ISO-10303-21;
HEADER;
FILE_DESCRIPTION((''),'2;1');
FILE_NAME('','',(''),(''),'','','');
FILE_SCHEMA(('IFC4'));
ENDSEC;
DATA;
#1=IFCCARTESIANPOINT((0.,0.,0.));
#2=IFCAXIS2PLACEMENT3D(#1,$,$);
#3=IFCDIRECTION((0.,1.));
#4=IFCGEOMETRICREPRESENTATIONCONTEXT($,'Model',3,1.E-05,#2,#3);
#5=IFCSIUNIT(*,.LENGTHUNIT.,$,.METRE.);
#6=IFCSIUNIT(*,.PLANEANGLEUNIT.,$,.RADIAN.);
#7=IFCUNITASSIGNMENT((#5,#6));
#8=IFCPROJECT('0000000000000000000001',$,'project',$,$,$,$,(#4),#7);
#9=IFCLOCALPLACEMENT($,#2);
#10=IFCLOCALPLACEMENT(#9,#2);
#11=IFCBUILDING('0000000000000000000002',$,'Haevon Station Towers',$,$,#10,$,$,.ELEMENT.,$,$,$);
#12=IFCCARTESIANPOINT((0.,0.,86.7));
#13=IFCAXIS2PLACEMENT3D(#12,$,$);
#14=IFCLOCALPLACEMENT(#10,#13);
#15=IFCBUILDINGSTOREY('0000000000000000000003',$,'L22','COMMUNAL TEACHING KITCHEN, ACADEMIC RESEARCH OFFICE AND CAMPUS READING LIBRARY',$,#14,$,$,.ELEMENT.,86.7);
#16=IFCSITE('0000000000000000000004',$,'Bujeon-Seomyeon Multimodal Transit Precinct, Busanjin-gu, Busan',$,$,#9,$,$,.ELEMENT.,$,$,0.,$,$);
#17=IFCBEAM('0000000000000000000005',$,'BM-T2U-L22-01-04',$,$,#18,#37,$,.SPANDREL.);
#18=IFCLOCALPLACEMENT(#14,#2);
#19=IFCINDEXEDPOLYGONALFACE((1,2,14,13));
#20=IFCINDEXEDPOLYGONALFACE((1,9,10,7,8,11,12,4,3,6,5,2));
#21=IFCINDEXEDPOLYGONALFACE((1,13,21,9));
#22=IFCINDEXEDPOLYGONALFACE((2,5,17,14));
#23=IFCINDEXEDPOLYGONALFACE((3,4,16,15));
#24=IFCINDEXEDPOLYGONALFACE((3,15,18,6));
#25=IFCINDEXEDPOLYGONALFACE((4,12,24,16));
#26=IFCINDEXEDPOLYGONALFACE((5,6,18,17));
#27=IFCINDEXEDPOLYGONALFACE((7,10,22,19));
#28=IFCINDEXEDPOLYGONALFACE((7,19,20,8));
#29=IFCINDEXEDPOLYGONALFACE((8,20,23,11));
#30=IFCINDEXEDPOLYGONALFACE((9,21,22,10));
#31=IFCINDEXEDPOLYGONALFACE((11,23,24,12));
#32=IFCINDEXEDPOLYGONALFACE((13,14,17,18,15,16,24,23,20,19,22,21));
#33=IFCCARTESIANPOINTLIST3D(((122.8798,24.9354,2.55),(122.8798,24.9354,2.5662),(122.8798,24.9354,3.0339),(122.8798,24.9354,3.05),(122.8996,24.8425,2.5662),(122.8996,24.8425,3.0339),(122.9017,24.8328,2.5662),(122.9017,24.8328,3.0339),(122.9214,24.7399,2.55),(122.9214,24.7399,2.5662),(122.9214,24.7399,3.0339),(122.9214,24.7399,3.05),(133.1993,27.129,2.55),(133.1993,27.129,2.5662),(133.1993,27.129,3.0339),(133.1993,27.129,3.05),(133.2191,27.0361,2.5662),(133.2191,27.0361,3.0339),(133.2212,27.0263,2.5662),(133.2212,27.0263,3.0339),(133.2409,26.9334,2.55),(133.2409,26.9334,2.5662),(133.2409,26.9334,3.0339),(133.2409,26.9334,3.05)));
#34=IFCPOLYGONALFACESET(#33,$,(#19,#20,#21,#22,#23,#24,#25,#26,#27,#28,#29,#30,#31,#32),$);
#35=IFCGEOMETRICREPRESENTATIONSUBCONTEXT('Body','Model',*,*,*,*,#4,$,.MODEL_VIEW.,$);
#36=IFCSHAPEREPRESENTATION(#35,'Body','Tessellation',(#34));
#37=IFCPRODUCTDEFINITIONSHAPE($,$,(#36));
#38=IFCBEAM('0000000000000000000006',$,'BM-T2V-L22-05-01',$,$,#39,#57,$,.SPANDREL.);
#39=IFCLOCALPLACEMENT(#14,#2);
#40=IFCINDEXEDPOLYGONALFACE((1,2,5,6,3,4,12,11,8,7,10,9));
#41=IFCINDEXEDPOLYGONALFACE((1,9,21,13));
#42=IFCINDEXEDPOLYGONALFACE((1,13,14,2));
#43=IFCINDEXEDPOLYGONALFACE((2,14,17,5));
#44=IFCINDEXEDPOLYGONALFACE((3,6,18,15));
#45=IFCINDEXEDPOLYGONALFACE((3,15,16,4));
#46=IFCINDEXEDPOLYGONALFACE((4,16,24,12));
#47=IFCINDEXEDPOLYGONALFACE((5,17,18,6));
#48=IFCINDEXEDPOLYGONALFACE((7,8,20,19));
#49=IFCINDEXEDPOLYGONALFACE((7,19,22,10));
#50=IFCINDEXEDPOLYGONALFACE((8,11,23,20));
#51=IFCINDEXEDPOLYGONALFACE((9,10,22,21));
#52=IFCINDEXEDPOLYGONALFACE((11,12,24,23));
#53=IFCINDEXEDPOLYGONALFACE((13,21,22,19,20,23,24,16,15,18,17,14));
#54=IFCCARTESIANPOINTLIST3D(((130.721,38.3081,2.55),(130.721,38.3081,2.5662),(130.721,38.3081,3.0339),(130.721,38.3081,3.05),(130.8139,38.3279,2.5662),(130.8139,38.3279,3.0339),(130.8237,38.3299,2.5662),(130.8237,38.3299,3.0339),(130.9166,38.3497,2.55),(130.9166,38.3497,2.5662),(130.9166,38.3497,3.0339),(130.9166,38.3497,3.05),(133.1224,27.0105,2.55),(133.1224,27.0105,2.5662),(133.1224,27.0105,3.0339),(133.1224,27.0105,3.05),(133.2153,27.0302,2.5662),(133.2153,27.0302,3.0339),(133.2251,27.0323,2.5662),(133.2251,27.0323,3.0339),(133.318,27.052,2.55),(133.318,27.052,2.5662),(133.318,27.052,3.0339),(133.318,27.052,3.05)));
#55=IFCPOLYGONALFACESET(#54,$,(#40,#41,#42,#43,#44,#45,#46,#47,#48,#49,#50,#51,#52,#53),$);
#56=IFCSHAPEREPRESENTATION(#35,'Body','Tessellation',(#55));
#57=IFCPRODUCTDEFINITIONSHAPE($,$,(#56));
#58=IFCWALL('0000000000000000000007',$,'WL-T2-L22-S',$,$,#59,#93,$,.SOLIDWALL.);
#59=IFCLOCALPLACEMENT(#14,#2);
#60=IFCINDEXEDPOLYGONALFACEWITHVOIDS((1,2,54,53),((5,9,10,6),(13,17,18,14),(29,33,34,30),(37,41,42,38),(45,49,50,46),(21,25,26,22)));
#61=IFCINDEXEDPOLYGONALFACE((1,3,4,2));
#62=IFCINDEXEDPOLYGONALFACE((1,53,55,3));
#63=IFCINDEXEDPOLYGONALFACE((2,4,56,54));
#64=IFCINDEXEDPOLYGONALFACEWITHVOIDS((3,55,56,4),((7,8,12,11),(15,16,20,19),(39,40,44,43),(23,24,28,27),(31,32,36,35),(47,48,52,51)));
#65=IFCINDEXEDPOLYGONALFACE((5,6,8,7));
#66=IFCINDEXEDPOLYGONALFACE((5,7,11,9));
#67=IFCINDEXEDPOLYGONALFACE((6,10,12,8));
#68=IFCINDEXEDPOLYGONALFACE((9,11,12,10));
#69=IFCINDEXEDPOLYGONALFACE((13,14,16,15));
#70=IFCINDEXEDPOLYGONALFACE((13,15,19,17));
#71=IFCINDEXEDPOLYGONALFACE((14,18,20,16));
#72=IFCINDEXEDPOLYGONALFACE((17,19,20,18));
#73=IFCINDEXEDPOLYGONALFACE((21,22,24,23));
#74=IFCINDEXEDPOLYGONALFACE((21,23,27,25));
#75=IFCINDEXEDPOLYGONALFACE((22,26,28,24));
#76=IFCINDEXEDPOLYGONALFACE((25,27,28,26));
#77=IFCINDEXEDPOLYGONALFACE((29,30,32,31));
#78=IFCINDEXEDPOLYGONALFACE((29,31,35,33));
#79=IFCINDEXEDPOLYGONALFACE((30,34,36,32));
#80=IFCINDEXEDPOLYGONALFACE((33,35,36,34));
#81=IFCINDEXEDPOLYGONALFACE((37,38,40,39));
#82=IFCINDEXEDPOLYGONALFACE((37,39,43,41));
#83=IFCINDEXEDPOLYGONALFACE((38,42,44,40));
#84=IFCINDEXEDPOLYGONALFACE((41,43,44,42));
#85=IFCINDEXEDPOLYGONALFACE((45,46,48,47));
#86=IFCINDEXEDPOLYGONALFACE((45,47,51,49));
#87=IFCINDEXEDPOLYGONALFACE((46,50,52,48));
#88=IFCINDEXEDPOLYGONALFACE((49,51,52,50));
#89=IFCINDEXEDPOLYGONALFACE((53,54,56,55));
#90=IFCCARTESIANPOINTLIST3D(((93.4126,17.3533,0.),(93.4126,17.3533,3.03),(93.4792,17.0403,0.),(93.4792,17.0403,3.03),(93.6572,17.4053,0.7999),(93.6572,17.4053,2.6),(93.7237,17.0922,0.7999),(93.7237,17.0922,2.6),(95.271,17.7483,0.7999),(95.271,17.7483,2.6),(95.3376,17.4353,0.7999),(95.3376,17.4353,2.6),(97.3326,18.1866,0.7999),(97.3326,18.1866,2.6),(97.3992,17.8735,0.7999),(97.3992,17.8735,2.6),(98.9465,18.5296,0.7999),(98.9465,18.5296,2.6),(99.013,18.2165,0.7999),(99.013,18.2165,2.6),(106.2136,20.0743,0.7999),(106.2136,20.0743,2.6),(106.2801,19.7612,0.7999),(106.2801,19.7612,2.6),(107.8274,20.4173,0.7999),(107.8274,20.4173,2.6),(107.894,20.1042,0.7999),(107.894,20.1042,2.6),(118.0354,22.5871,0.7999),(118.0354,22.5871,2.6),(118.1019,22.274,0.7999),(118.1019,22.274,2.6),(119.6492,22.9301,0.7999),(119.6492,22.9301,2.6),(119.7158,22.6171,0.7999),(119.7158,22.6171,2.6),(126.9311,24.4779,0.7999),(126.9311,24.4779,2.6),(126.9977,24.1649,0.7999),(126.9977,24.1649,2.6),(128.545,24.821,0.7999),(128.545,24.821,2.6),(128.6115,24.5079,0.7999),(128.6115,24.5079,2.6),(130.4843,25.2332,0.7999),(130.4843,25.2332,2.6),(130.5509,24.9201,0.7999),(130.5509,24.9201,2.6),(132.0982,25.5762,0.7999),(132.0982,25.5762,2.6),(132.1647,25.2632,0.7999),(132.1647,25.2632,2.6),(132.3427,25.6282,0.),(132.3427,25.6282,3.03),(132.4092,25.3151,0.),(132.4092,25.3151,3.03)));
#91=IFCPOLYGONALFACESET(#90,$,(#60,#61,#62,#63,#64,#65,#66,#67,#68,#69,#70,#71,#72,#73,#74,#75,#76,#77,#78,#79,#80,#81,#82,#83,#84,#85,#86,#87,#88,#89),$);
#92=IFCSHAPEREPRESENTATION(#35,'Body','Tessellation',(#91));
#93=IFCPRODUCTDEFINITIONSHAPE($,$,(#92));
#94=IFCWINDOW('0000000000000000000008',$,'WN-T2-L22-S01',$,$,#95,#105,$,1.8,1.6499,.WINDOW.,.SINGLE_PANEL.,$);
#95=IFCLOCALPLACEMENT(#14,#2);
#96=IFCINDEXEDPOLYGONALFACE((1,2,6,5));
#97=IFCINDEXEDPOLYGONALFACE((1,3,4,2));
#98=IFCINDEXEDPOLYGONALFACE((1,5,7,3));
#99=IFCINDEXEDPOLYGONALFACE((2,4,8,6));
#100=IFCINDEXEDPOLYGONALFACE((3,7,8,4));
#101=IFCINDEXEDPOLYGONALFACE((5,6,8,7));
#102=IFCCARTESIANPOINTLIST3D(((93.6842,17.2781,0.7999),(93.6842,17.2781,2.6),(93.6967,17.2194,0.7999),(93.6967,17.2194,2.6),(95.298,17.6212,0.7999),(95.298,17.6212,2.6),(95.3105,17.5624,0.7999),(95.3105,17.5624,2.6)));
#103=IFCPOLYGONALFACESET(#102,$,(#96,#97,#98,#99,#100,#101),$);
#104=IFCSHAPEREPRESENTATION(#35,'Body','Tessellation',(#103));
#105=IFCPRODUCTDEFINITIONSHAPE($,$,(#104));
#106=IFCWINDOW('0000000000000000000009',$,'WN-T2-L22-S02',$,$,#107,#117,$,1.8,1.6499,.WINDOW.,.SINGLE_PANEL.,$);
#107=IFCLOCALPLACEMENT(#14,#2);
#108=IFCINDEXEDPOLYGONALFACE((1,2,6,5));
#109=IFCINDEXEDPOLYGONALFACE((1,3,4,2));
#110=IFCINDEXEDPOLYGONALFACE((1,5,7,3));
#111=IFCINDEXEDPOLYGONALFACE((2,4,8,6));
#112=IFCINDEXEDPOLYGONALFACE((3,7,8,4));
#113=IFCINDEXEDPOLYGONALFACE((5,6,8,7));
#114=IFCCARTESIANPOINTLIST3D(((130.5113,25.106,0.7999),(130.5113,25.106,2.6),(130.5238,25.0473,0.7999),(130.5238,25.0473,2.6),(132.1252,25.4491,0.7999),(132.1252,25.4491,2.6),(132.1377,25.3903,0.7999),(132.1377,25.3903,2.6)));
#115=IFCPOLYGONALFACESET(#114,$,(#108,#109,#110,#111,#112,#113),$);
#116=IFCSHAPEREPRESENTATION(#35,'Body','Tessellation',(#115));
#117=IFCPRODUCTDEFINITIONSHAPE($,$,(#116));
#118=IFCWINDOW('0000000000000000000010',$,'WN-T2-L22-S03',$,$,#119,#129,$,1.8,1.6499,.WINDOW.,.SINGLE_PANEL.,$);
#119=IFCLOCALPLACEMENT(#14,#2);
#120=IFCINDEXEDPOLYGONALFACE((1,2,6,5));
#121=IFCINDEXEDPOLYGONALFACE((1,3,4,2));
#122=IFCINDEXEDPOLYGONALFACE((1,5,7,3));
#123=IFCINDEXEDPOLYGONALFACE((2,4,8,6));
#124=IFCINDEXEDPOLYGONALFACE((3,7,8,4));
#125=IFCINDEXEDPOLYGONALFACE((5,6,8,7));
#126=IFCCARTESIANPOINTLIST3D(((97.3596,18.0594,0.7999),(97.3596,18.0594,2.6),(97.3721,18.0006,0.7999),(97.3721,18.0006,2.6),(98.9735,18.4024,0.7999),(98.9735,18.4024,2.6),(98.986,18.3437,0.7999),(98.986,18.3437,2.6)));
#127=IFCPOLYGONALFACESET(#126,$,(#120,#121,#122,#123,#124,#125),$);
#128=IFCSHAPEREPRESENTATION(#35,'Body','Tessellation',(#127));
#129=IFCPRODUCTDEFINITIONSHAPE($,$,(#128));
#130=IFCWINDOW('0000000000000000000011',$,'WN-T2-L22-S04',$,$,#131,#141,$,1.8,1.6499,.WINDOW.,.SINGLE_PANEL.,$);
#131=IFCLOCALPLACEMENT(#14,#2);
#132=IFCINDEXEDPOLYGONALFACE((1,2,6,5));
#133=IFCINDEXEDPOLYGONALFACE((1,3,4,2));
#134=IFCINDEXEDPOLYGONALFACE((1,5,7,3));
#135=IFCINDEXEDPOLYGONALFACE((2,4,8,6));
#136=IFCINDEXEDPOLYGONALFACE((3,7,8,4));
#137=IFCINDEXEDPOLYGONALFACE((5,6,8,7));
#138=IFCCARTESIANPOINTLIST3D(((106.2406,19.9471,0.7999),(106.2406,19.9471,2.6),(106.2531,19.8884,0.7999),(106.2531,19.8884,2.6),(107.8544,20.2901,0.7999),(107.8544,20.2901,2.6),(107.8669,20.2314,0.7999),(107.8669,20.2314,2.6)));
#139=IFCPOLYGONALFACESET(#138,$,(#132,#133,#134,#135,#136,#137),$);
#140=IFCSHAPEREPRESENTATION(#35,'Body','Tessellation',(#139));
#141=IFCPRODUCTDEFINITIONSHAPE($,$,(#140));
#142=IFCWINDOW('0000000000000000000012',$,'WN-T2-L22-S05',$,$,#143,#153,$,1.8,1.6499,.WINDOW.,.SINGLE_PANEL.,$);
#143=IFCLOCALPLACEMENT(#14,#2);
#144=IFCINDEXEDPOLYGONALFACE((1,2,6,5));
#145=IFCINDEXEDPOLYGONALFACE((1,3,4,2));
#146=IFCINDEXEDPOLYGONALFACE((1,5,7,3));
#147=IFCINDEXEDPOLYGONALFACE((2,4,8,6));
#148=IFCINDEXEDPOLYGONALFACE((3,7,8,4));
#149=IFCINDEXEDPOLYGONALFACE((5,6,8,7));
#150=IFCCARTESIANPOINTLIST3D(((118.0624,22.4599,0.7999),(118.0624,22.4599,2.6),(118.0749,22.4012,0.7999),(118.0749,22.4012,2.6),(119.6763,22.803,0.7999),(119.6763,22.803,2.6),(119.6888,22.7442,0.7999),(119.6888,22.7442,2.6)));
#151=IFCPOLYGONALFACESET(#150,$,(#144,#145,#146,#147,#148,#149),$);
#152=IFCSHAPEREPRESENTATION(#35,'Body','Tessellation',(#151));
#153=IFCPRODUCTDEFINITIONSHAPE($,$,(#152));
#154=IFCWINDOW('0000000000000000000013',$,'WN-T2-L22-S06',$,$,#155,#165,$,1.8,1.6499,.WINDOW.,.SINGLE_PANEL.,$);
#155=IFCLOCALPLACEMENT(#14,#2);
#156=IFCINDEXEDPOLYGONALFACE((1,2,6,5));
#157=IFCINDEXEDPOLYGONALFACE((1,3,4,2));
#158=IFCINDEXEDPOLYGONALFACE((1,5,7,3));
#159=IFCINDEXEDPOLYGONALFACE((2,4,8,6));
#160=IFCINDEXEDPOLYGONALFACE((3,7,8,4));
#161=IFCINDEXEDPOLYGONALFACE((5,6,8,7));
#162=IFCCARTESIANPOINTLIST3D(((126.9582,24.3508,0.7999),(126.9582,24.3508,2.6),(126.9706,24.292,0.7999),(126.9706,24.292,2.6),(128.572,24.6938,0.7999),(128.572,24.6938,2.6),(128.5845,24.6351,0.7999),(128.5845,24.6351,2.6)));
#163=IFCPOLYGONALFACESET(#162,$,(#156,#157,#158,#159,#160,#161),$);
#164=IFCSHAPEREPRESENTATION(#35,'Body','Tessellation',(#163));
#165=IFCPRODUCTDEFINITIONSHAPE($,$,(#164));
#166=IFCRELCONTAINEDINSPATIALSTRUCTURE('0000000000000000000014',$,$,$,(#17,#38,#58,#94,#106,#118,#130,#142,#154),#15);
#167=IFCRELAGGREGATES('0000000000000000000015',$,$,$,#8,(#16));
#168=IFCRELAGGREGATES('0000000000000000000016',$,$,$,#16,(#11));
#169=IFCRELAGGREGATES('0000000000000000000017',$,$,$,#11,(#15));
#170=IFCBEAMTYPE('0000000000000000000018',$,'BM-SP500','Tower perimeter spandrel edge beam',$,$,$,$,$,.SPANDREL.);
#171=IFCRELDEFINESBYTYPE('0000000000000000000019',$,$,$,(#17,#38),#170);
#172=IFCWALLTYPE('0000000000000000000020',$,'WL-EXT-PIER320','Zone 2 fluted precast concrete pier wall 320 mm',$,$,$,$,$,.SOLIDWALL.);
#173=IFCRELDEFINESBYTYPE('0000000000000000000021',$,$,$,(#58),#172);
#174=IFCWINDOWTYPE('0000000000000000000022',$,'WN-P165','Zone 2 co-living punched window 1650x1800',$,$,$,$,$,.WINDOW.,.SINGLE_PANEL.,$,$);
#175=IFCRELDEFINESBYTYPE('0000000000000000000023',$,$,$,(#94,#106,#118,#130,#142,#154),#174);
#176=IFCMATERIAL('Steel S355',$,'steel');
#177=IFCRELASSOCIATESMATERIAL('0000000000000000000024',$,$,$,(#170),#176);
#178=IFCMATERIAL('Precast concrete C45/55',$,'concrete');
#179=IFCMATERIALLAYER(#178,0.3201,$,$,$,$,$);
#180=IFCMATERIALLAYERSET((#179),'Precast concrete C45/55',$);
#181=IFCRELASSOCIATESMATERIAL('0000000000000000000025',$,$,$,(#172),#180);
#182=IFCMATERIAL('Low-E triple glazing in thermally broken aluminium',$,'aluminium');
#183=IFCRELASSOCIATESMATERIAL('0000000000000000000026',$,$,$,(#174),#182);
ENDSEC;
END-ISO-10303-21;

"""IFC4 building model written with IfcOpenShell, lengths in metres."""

from ifc_helpers import new_model, si_unit, direction, frame, frame_2d, origin, origin_2d, place, context, subcontext, project, spatial, rectangle, i_section, extrude, material, layer, layer_set, material_profile, profile_set, type_object, element, fill, save


model = new_model("IFC4")

# Units and contexts
model_context = context("Model", 3, precision=1e-05, world=origin(), true_north=direction((0.0, 1.0)))
body_context = subcontext(model_context, "Body", "Model", "MODEL_VIEW")
ifc_project = project(units=[si_unit("LENGTHUNIT", "METRE"), si_unit("PLANEANGLEUNIT", "RADIAN")], contexts=[model_context])

# Site, building, storey
site_placement = place(None, origin())
site = spatial("IfcSite", under=ifc_project, at=site_placement, Name="Bujeon-Seomyeon Multimodal Transit Precinct, Busanjin-gu, Busan", CompositionType="ELEMENT", RefElevation=0.0)
building_placement = place(site_placement, origin())
building = spatial("IfcBuilding", under=site, at=building_placement, Name="Haevon Station Towers", CompositionType="ELEMENT")
storey_placement = place(building_placement, frame((0.0, 0.0, 86.7)))
storey = spatial("IfcBuildingStorey", under=building, at=storey_placement, Name="L22", Description="COMMUNAL TEACHING KITCHEN, ACADEMIC RESEARCH OFFICE AND CAMPUS READING LIBRARY", CompositionType="ELEMENT", Elevation=86.7)

# Beams
ifc_material_1 = material(Name="Steel S355", Category="steel")
ifc_material_profile_1 = material_profile(ifc_material_1, i_section(OverallWidth=0.2, OverallDepth=0.5, WebThickness=0.01, FlangeThickness=0.0161, at=origin_2d()), Name="H-500x200x10x16")
ifc_profile_set_1 = profile_set([ifc_material_profile_1], Name="Steel S355")
beam_type_1 = type_object("IfcBeamType", Name="BM-SP500", Description="Tower perimeter spandrel edge beam", PredefinedType="SPANDREL", material=ifc_profile_set_1)
beam_1_placement = place(storey_placement, frame((122.9006, 24.8376, 2.8), z_axis=(0.978145, 0.207922, 0.0), x_axis=(-0.207922, 0.978145, 0.0)))
element("IfcBeam", 1, at=beam_1_placement, inside=storey, type_object=beam_type_1, Name="BM-T2U-L22-01-04", PredefinedType="SPANDREL", context=body_context, shape_type="SweptSolid", body=[
    extrude(i_section(OverallWidth=0.2, OverallDepth=0.5, WebThickness=0.01, FlangeThickness=0.0161, at=origin_2d()), origin(), (0.0, 0.0, 1.0), 10.55),
])
beam_2_placement = place(storey_placement, frame((133.2202, 27.0312, 2.8), z_axis=(-0.207911, 0.978148, 0.0), x_axis=(-0.978148, -0.207911, 0.0)))
element("IfcBeam", 2, at=beam_2_placement, inside=storey, type_object=beam_type_1, Name="BM-T2V-L22-05-01", PredefinedType="SPANDREL", context=body_context, shape_type="SweptSolid", body=[
    extrude(i_section(OverallWidth=0.2, OverallDepth=0.5, WebThickness=0.01, FlangeThickness=0.0161, at=origin_2d()), origin(), (0.0, 0.0, 1.0), 11.55),
])

# Wall, openings, windows
ifc_material_2 = material(Name="Precast concrete C45/55", Category="concrete")
ifc_layer_1 = layer(ifc_material_2, 0.3201)
ifc_layer_set_1 = layer_set([ifc_layer_1], Name="Precast concrete C45/55")
wall_type_1 = type_object("IfcWallType", Name="WL-EXT-PIER320", Description="Zone 2 fluted precast concrete pier wall 320 mm", PredefinedType="SOLIDWALL", material=ifc_layer_set_1)
wall_1_placement = place(storey_placement, frame((132.376, 25.4717, 0.0), z_axis=(0.0, 0.0, 1.0), x_axis=(-0.978147, -0.207913, 0.0)))
wall_1 = element("IfcWall", 3, at=wall_1_placement, inside=storey, type_object=wall_type_1, Name="WL-T2-L22-S", PredefinedType="SOLIDWALL", context=body_context, shape_type="SweptSolid", body=[
    extrude(rectangle(XDim=39.7998, YDim=0.3201, at=frame_2d((19.8999, 0.0))), origin(), (0.0, 0.0, 1.0), 3.03),
])
opening_1_placement = place(wall_1_placement, frame((37.8999, 0.0, 0.8)))
opening_1 = element("IfcOpeningElement", 4, at=opening_1_placement, cuts=wall_1, PredefinedType="OPENING", context=body_context, shape_type="SweptSolid", body=[
    extrude(rectangle(XDim=1.6499, YDim=1.8, at=frame_2d((0.825, 0.8999))), frame((0.0, 0.1699, 0.0), z_axis=(0.0, -1.0, 0.0), x_axis=(1.0, 0.0, 0.0)), (0.0, 0.0, 1.0), 0.3401),
])
opening_2_placement = place(wall_1_placement, frame((0.25, 0.0, 0.8)))
opening_2 = element("IfcOpeningElement", 5, at=opening_2_placement, cuts=wall_1, PredefinedType="OPENING", context=body_context, shape_type="SweptSolid", body=[
    extrude(rectangle(XDim=1.6499, YDim=1.8, at=frame_2d((0.825, 0.8999))), frame((0.0, 0.1699, 0.0), z_axis=(0.0, -1.0, 0.0), x_axis=(1.0, 0.0, 0.0)), (0.0, 0.0, 1.0), 0.3401),
])
opening_3_placement = place(wall_1_placement, frame((34.1423, 0.0, 0.8)))
opening_3 = element("IfcOpeningElement", 6, at=opening_3_placement, cuts=wall_1, PredefinedType="OPENING", context=body_context, shape_type="SweptSolid", body=[
    extrude(rectangle(XDim=1.6499, YDim=1.8, at=frame_2d((0.825, 0.8999))), frame((0.0, 0.1699, 0.0), z_axis=(0.0, -1.0, 0.0), x_axis=(1.0, 0.0, 0.0)), (0.0, 0.0, 1.0), 0.3401),
])
opening_4_placement = place(wall_1_placement, frame((25.063, 0.0, 0.8)))
opening_4 = element("IfcOpeningElement", 7, at=opening_4_placement, cuts=wall_1, PredefinedType="OPENING", context=body_context, shape_type="SweptSolid", body=[
    extrude(rectangle(XDim=1.6499, YDim=1.8, at=frame_2d((0.825, 0.8999))), frame((0.0, 0.1699, 0.0), z_axis=(0.0, -1.0, 0.0), x_axis=(1.0, 0.0, 0.0)), (0.0, 0.0, 1.0), 0.3401),
])
opening_5_placement = place(wall_1_placement, frame((12.9771, 0.0, 0.8)))
opening_5 = element("IfcOpeningElement", 8, at=opening_5_placement, cuts=wall_1, PredefinedType="OPENING", context=body_context, shape_type="SweptSolid", body=[
    extrude(rectangle(XDim=1.6499, YDim=1.8, at=frame_2d((0.825, 0.8999))), frame((0.0, 0.1699, 0.0), z_axis=(0.0, -1.0, 0.0), x_axis=(1.0, 0.0, 0.0)), (0.0, 0.0, 1.0), 0.3401),
])
opening_6_placement = place(wall_1_placement, frame((3.8826, 0.0, 0.8)))
opening_6 = element("IfcOpeningElement", 9, at=opening_6_placement, cuts=wall_1, PredefinedType="OPENING", context=body_context, shape_type="SweptSolid", body=[
    extrude(rectangle(XDim=1.6499, YDim=1.8, at=frame_2d((0.825, 0.8999))), frame((0.0, 0.1699, 0.0), z_axis=(0.0, -1.0, 0.0), x_axis=(1.0, 0.0, 0.0)), (0.0, 0.0, 1.0), 0.3401),
])
ifc_material_3 = material(Name="Low-E triple glazing in thermally broken aluminium", Category="aluminium")
window_type = type_object("IfcWindowType", Name="WN-P165", Description="Zone 2 co-living punched window 1650x1800", PartitioningType="SINGLE_PANEL", PredefinedType="WINDOW", material=ifc_material_3)
window_1_placement = place(opening_1_placement, origin())
window_1 = element("IfcWindow", 10, at=window_1_placement, inside=storey, type_object=window_type, Name="WN-T2-L22-S01", OverallHeight=1.8, OverallWidth=1.6499, PartitioningType="SINGLE_PANEL", PredefinedType="WINDOW", context=body_context, shape_type="SweptSolid", body=[
    extrude(rectangle(XDim=1.6499, YDim=1.8, at=frame_2d((0.825, 0.8999))), frame((0.0, 0.03, 0.0), z_axis=(0.0, -1.0, 0.0), x_axis=(1.0, 0.0, 0.0)), (0.0, 0.0, 1.0), 0.0601),
])
fill(opening_1, window_1)
window_2_placement = place(opening_2_placement, origin())
window_2 = element("IfcWindow", 11, at=window_2_placement, inside=storey, type_object=window_type, Name="WN-T2-L22-S02", OverallHeight=1.8, OverallWidth=1.6499, PartitioningType="SINGLE_PANEL", PredefinedType="WINDOW", context=body_context, shape_type="SweptSolid", body=[
    extrude(rectangle(XDim=1.6499, YDim=1.8, at=frame_2d((0.825, 0.8999))), frame((0.0, 0.03, 0.0), z_axis=(0.0, -1.0, 0.0), x_axis=(1.0, 0.0, 0.0)), (0.0, 0.0, 1.0), 0.0601),
])
fill(opening_2, window_2)
window_3_placement = place(opening_3_placement, origin())
window_3 = element("IfcWindow", 12, at=window_3_placement, inside=storey, type_object=window_type, Name="WN-T2-L22-S03", OverallHeight=1.8, OverallWidth=1.6499, PartitioningType="SINGLE_PANEL", PredefinedType="WINDOW", context=body_context, shape_type="SweptSolid", body=[
    extrude(rectangle(XDim=1.6499, YDim=1.8, at=frame_2d((0.825, 0.8999))), frame((0.0, 0.03, 0.0), z_axis=(0.0, -1.0, 0.0), x_axis=(1.0, 0.0, 0.0)), (0.0, 0.0, 1.0), 0.0601),
])
fill(opening_3, window_3)
window_4_placement = place(opening_4_placement, origin())
window_4 = element("IfcWindow", 13, at=window_4_placement, inside=storey, type_object=window_type, Name="WN-T2-L22-S04", OverallHeight=1.8, OverallWidth=1.6499, PartitioningType="SINGLE_PANEL", PredefinedType="WINDOW", context=body_context, shape_type="SweptSolid", body=[
    extrude(rectangle(XDim=1.6499, YDim=1.8, at=frame_2d((0.825, 0.8999))), frame((0.0, 0.03, 0.0), z_axis=(0.0, -1.0, 0.0), x_axis=(1.0, 0.0, 0.0)), (0.0, 0.0, 1.0), 0.0601),
])
fill(opening_4, window_4)
window_5_placement = place(opening_5_placement, origin())
window_5 = element("IfcWindow", 14, at=window_5_placement, inside=storey, type_object=window_type, Name="WN-T2-L22-S05", OverallHeight=1.8, OverallWidth=1.6499, PartitioningType="SINGLE_PANEL", PredefinedType="WINDOW", context=body_context, shape_type="SweptSolid", body=[
    extrude(rectangle(XDim=1.6499, YDim=1.8, at=frame_2d((0.825, 0.8999))), frame((0.0, 0.03, 0.0), z_axis=(0.0, -1.0, 0.0), x_axis=(1.0, 0.0, 0.0)), (0.0, 0.0, 1.0), 0.0601),
])
fill(opening_5, window_5)
window_6_placement = place(opening_6_placement, origin())
window_6 = element("IfcWindow", 15, at=window_6_placement, inside=storey, type_object=window_type, Name="WN-T2-L22-S06", OverallHeight=1.8, OverallWidth=1.6499, PartitioningType="SINGLE_PANEL", PredefinedType="WINDOW", context=body_context, shape_type="SweptSolid", body=[
    extrude(rectangle(XDim=1.6499, YDim=1.8, at=frame_2d((0.825, 0.8999))), frame((0.0, 0.03, 0.0), z_axis=(0.0, -1.0, 0.0), x_axis=(1.0, 0.0, 0.0)), (0.0, 0.0, 1.0), 0.0601),
])
fill(opening_6, window_6)

save(model, "model.ifc")
